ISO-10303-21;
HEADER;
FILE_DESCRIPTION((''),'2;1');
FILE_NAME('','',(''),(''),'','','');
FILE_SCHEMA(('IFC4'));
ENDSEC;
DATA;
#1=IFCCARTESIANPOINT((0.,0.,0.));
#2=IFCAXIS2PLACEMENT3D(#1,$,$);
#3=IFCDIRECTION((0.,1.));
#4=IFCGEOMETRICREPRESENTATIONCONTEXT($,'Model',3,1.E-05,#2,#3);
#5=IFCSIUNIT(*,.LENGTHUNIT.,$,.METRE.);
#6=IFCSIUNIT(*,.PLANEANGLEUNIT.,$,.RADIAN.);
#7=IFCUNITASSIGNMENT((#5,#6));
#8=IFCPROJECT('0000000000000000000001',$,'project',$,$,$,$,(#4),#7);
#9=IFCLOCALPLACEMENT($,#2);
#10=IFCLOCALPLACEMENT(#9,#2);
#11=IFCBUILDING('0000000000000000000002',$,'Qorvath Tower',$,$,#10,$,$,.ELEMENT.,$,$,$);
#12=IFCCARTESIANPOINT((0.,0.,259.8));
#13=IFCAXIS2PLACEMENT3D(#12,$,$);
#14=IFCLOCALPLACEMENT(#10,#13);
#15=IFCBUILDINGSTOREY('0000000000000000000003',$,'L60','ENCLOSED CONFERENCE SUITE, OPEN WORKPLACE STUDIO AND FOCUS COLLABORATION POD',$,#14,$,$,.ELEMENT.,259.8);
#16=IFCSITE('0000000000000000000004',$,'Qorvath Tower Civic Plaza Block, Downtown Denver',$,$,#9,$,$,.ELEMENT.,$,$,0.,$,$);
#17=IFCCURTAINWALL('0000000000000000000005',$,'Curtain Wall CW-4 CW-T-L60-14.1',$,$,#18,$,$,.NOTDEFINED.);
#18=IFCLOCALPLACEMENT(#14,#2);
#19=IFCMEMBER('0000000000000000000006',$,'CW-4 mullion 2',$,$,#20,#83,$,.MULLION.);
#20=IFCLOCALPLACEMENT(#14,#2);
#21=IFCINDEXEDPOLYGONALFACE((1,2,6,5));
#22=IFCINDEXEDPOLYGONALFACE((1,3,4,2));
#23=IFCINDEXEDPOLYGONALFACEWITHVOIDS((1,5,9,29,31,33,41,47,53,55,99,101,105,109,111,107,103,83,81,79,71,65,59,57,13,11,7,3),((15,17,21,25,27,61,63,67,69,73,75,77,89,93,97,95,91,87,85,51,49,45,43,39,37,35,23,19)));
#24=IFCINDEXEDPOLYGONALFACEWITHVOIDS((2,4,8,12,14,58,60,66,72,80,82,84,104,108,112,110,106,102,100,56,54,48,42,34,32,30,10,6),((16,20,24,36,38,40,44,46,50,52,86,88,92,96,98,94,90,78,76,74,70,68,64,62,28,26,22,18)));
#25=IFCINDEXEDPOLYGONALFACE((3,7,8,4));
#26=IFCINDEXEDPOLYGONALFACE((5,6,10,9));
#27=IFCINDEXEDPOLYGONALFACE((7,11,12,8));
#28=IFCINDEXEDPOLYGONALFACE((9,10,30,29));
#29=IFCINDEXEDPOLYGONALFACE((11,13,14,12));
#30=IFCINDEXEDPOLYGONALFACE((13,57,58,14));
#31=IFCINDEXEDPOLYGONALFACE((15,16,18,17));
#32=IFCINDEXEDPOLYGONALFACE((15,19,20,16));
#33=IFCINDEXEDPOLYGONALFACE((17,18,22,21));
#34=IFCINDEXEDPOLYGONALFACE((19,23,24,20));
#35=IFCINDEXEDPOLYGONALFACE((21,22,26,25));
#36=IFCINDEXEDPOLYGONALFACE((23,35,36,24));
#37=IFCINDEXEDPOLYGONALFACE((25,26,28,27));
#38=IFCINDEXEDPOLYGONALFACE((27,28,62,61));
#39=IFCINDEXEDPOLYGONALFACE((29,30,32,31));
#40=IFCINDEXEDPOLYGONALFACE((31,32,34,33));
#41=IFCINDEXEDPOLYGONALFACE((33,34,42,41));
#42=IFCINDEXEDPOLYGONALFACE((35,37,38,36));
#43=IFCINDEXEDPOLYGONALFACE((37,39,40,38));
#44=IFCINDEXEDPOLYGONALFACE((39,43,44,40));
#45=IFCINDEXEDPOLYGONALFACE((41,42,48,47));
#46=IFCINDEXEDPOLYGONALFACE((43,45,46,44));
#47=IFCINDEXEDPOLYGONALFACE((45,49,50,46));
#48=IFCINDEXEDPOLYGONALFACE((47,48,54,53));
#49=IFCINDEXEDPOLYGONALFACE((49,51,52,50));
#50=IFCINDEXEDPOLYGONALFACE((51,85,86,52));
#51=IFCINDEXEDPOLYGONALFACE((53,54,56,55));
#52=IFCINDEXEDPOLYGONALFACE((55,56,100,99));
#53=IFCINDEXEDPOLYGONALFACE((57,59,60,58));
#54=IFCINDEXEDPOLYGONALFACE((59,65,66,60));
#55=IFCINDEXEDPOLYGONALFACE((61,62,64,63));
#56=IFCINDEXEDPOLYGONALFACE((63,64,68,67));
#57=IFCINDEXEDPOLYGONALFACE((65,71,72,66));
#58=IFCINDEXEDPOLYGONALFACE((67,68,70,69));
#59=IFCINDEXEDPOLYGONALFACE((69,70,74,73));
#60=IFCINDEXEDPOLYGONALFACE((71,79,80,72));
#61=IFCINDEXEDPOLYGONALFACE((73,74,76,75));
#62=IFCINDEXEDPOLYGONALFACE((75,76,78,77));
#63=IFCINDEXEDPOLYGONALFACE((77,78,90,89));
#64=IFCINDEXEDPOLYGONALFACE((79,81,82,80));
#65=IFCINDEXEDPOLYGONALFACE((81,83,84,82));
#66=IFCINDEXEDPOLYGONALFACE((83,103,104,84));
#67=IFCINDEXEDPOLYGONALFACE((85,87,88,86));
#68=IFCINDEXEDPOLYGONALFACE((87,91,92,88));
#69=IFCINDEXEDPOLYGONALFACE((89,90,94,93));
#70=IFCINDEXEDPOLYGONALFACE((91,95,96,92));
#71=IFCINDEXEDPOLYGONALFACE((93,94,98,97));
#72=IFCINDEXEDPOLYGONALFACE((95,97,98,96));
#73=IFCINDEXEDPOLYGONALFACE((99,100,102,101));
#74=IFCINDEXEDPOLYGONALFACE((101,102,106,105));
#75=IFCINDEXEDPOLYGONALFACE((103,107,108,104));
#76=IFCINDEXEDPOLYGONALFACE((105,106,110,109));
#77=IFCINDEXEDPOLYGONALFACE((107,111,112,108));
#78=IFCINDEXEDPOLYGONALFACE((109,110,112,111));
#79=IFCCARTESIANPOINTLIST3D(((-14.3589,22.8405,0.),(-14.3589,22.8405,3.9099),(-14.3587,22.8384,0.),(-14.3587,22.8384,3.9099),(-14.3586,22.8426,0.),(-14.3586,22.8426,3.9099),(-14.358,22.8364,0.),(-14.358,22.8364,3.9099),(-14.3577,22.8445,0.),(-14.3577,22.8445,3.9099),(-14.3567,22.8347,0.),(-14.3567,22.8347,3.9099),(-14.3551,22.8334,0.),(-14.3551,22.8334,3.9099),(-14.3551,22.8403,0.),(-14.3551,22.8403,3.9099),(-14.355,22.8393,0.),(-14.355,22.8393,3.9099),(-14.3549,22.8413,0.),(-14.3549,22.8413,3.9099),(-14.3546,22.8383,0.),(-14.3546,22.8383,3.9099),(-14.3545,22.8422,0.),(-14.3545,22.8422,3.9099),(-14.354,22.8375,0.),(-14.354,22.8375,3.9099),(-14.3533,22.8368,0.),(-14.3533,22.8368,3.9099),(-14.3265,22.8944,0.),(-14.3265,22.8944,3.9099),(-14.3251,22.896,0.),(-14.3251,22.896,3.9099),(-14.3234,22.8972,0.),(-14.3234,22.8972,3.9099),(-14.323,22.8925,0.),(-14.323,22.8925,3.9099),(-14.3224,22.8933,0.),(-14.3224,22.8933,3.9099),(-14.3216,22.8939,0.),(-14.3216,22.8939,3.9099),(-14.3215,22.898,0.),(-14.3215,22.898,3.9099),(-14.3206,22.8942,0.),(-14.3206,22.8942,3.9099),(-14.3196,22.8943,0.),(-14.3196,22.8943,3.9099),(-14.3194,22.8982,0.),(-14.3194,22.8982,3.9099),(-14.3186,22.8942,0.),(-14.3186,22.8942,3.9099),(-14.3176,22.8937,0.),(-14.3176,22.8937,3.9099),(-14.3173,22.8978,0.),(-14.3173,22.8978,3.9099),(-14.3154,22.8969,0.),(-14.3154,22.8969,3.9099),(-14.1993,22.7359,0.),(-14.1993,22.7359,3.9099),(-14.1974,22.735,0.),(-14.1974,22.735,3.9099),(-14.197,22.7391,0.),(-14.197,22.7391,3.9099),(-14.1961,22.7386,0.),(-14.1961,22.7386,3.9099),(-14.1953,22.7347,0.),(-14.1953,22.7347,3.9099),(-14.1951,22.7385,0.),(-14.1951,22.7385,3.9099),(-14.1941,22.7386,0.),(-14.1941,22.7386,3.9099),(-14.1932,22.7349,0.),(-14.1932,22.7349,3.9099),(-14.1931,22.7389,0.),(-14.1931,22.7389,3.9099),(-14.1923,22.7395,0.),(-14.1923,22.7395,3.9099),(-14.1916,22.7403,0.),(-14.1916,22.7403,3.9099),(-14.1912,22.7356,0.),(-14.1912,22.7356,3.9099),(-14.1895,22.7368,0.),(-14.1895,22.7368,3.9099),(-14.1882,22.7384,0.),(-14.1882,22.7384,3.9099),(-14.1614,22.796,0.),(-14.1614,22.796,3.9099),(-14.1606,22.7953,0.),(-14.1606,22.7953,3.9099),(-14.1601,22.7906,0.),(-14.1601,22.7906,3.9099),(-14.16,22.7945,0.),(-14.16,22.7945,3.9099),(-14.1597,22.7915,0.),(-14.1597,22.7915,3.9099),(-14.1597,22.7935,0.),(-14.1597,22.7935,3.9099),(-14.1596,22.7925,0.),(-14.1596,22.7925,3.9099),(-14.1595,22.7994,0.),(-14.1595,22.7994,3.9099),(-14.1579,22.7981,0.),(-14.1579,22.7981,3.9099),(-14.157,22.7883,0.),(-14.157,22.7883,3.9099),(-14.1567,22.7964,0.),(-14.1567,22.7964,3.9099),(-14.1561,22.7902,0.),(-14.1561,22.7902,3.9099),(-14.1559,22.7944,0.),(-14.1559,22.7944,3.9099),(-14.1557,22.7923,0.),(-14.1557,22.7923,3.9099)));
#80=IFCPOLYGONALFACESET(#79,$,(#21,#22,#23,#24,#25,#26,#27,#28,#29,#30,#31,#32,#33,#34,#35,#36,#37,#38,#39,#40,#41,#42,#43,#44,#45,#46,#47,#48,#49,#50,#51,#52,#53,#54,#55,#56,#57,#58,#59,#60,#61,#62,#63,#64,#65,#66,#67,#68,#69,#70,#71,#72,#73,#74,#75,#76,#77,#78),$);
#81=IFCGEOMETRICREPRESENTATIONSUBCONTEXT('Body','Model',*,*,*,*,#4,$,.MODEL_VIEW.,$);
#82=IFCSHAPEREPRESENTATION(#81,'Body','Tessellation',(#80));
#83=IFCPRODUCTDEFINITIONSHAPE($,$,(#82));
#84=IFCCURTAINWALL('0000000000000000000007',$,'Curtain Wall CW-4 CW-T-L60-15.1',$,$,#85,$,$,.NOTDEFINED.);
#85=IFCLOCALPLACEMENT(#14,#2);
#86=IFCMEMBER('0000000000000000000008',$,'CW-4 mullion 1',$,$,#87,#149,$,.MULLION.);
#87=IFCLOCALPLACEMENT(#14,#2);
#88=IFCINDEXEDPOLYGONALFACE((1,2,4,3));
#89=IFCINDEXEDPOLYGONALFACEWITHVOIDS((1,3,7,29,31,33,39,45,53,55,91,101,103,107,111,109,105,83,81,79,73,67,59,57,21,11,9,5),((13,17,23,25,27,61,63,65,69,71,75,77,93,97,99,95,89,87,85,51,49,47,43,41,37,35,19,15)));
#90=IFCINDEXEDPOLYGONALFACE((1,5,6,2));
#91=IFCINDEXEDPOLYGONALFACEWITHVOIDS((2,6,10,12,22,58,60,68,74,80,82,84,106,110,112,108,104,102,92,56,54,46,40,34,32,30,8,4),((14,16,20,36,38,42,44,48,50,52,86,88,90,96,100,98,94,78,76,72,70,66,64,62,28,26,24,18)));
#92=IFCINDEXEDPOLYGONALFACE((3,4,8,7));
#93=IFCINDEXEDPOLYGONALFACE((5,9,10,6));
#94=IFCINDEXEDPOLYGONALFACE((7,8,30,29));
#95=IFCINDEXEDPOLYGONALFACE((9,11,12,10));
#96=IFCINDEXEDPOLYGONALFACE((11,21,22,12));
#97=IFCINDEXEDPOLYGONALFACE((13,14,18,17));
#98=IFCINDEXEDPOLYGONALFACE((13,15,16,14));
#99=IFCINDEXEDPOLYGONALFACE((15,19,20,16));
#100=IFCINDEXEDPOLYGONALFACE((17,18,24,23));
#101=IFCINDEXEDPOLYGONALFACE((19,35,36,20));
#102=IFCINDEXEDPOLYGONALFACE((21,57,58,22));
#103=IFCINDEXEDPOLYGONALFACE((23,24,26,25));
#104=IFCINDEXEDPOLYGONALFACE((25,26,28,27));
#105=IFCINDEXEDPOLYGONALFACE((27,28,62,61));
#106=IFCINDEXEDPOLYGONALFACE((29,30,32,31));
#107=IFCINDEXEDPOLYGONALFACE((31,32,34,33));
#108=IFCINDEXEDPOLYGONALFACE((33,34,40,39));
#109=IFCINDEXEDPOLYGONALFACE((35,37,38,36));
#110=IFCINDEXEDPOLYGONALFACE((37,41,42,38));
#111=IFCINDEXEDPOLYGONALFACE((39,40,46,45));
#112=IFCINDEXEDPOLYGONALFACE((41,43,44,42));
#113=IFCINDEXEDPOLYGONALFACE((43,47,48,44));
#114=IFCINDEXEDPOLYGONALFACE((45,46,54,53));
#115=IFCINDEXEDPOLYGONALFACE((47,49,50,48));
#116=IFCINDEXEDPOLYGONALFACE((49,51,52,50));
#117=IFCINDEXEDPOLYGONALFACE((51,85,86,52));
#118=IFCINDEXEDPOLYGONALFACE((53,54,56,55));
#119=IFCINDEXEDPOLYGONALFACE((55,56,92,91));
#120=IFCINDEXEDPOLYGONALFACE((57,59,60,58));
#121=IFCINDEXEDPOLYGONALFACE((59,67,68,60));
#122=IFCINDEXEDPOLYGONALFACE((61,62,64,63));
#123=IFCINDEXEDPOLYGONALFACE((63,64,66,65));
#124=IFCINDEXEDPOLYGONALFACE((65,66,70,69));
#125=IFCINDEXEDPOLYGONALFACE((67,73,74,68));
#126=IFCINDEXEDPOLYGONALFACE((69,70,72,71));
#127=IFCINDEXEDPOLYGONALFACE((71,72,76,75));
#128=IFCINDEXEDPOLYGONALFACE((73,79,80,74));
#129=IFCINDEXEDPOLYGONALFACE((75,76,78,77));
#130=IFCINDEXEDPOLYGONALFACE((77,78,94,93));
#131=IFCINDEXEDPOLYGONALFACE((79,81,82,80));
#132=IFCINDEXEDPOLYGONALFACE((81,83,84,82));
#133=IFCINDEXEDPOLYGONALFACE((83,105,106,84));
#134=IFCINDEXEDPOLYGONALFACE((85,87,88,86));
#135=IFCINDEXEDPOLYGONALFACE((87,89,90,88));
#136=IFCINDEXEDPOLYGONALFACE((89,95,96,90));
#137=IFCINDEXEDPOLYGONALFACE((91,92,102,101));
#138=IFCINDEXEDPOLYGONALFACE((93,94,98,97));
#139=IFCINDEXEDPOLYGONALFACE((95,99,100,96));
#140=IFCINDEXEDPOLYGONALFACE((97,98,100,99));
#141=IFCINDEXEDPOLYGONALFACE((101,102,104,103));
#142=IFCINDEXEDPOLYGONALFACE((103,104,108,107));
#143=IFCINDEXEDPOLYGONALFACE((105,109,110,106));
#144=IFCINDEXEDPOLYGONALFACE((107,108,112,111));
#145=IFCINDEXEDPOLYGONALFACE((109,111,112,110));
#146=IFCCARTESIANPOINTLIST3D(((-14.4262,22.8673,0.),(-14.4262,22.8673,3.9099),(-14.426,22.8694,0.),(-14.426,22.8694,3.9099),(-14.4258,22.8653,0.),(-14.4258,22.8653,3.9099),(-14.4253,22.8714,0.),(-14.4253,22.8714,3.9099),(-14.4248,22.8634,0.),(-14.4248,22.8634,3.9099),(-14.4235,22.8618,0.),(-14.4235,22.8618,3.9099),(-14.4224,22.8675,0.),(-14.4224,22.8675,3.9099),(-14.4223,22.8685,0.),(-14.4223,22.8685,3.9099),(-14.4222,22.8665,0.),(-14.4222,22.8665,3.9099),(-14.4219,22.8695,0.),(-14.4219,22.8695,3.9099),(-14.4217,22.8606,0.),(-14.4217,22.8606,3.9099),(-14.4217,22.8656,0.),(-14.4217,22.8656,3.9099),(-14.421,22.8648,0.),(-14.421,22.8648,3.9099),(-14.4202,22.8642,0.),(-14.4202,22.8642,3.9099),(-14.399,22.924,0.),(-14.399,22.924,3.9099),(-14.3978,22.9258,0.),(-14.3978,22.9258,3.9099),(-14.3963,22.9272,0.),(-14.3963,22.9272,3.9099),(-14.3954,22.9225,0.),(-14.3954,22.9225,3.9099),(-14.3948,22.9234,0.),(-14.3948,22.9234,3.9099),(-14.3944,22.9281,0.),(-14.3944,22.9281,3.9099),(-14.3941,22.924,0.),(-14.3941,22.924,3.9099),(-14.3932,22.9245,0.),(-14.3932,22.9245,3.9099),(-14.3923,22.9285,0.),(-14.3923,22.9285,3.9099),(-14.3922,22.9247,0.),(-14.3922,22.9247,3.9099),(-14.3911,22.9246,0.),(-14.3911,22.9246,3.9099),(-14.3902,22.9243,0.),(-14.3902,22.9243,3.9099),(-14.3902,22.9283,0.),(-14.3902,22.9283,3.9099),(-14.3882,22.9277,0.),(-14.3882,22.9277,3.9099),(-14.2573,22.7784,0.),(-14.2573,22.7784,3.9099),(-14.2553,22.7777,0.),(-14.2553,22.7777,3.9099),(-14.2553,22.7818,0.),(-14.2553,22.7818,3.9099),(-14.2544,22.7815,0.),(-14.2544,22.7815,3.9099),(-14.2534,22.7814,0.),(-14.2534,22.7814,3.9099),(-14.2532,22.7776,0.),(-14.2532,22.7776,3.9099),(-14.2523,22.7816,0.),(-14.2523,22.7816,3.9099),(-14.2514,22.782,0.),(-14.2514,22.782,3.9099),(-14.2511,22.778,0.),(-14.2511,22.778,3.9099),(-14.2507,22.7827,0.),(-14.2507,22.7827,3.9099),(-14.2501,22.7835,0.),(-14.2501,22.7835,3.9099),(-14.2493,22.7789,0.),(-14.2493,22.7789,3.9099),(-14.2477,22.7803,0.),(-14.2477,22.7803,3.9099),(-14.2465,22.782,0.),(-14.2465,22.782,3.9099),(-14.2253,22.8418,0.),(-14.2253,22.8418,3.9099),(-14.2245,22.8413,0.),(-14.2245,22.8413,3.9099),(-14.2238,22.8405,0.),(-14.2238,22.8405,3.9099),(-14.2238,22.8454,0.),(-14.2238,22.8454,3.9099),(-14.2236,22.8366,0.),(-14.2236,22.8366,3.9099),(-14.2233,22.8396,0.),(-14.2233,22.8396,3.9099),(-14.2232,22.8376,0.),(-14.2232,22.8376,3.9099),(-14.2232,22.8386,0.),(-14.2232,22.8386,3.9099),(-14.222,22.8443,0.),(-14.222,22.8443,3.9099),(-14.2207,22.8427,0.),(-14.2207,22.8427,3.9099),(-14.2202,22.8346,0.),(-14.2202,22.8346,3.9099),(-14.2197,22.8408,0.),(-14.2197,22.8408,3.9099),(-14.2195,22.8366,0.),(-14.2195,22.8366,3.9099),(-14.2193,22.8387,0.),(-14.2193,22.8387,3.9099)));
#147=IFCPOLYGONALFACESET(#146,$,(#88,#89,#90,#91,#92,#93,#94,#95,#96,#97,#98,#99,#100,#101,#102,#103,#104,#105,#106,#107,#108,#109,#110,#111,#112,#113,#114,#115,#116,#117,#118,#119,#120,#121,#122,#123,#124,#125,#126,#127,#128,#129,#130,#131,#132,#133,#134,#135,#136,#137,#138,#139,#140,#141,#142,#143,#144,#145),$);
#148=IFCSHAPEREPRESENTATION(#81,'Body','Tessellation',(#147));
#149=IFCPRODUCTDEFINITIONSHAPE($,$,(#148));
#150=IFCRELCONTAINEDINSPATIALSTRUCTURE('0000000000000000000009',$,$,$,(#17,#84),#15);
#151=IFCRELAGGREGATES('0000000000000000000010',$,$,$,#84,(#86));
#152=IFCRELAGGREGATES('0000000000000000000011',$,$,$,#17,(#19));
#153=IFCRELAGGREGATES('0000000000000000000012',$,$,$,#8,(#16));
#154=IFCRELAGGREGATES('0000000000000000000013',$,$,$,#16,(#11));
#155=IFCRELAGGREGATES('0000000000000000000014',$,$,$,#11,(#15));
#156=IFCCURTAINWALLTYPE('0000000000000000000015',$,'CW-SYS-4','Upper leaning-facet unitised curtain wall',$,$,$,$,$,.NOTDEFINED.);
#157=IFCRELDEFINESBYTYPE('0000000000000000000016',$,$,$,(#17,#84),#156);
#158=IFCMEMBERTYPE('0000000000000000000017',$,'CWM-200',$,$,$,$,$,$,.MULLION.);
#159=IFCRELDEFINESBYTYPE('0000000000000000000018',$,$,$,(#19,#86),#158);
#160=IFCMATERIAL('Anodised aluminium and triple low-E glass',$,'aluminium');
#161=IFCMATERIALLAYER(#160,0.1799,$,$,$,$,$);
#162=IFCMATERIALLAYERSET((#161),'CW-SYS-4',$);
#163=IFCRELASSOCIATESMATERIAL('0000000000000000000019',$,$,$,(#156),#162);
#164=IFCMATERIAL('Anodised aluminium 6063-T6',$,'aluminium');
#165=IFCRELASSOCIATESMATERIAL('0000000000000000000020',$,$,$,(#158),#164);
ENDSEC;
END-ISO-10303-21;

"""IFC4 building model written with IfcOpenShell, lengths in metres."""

from ifc_helpers import new_model, si_unit, direction, frame, origin, origin_2d, place, context, subcontext, project, spatial, hollow_rectangle, extrude, material, layer, layer_set, material_profile, profile_set, type_object, element, aggregate, save


model = new_model("IFC4")

# Units and contexts
model_context = context("Model", 3, precision=1e-05, world=origin(), true_north=direction((0.0, 1.0)))
body_context = subcontext(model_context, "Body", "Model", "MODEL_VIEW")
ifc_project = project(units=[si_unit("LENGTHUNIT", "METRE"), si_unit("PLANEANGLEUNIT", "RADIAN")], contexts=[model_context])

# Site, building, storey
site_placement = place(None, origin())
site = spatial("IfcSite", under=ifc_project, at=site_placement, Name="Qorvath Tower Civic Plaza Block, Downtown Denver", CompositionType="ELEMENT", RefElevation=0.0)
building_placement = place(site_placement, origin())
building = spatial("IfcBuilding", under=site, at=building_placement, Name="Qorvath Tower", CompositionType="ELEMENT")
storey_placement = place(building_placement, frame((0.0, 0.0, 259.8)))
storey = spatial("IfcBuildingStorey", under=building, at=storey_placement, Name="L60", Description="ENCLOSED CONFERENCE SUITE, OPEN WORKPLACE STUDIO AND FOCUS COLLABORATION POD", CompositionType="ELEMENT", Elevation=259.8)

# Shared definitions
ifc_material_1 = material(Name="Anodised aluminium and triple low-E glass", Category="aluminium")
ifc_layer_1 = layer(ifc_material_1, 0.1799)
ifc_layer_set_1 = layer_set([ifc_layer_1], Name="CW-SYS-4")
curtain_wall_type = type_object("IfcCurtainWallType", Name="CW-SYS-4", Description="Upper leaning-facet unitised curtain wall", PredefinedType="NOTDEFINED", material=ifc_layer_set_1)
ifc_material_2 = material(Name="Anodised aluminium 6063-T6", Category="aluminium")
ifc_material_profile_1 = material_profile(ifc_material_2, hollow_rectangle(XDim=0.075, YDim=0.2, WallThickness=0.0039, InnerFilletRadius=0.0039, OuterFilletRadius=0.0081, at=origin_2d()), Name="CWM 200x75")
ifc_profile_set_1 = profile_set([ifc_material_profile_1], Name="Anodised aluminium 6063-T6")
member_type_1 = type_object("IfcMemberType", Name="CWM-200", PredefinedType="MULLION", material=ifc_profile_set_1)

# Curtain wall, member
curtain_wall_1_placement = place(storey_placement, origin())
curtain_wall_1 = element("IfcCurtainWall", 1, at=curtain_wall_1_placement, inside=storey, type_object=curtain_wall_type, Name="Curtain Wall CW-4 CW-T-L60-14.1", PredefinedType="NOTDEFINED")
member_1_placement = place(storey_placement, frame((-14.2573, 22.8164, 0.0), z_axis=(0.0, 0.0, 1.0), x_axis=(-0.530412, -0.84774, 0.0)))
member_1 = element("IfcMember", 2, at=member_1_placement, type_object=member_type_1, Name="CW-4 mullion 2", PredefinedType="MULLION", context=body_context, shape_type="SweptSolid", body=[
    extrude(hollow_rectangle(XDim=0.075, YDim=0.2, WallThickness=0.0039, InnerFilletRadius=0.0039, OuterFilletRadius=0.0081, at=origin_2d()), origin(), (0.0, 0.0, 1.0), 3.9099),
])

# Curtain wall, member
curtain_wall_2_placement = place(storey_placement, origin())
curtain_wall_2 = element("IfcCurtainWall", 3, at=curtain_wall_2_placement, inside=storey, type_object=curtain_wall_type, Name="Curtain Wall CW-4 CW-T-L60-15.1", PredefinedType="NOTDEFINED")
member_2_placement = place(storey_placement, frame((-14.3228, 22.853, 0.0), z_axis=(0.0, 0.0, 1.0), x_axis=(-0.447193, -0.894437, 0.0)))
member_2 = element("IfcMember", 4, at=member_2_placement, type_object=member_type_1, Name="CW-4 mullion 1", PredefinedType="MULLION", context=body_context, shape_type="SweptSolid", body=[
    extrude(hollow_rectangle(XDim=0.075, YDim=0.2, WallThickness=0.0039, InnerFilletRadius=0.0039, OuterFilletRadius=0.0081, at=origin_2d()), origin(), (0.0, 0.0, 1.0), 3.9099),
])

aggregate(curtain_wall_2, [member_2])

aggregate(curtain_wall_1, [member_1])

save(model, "model.ifc")
